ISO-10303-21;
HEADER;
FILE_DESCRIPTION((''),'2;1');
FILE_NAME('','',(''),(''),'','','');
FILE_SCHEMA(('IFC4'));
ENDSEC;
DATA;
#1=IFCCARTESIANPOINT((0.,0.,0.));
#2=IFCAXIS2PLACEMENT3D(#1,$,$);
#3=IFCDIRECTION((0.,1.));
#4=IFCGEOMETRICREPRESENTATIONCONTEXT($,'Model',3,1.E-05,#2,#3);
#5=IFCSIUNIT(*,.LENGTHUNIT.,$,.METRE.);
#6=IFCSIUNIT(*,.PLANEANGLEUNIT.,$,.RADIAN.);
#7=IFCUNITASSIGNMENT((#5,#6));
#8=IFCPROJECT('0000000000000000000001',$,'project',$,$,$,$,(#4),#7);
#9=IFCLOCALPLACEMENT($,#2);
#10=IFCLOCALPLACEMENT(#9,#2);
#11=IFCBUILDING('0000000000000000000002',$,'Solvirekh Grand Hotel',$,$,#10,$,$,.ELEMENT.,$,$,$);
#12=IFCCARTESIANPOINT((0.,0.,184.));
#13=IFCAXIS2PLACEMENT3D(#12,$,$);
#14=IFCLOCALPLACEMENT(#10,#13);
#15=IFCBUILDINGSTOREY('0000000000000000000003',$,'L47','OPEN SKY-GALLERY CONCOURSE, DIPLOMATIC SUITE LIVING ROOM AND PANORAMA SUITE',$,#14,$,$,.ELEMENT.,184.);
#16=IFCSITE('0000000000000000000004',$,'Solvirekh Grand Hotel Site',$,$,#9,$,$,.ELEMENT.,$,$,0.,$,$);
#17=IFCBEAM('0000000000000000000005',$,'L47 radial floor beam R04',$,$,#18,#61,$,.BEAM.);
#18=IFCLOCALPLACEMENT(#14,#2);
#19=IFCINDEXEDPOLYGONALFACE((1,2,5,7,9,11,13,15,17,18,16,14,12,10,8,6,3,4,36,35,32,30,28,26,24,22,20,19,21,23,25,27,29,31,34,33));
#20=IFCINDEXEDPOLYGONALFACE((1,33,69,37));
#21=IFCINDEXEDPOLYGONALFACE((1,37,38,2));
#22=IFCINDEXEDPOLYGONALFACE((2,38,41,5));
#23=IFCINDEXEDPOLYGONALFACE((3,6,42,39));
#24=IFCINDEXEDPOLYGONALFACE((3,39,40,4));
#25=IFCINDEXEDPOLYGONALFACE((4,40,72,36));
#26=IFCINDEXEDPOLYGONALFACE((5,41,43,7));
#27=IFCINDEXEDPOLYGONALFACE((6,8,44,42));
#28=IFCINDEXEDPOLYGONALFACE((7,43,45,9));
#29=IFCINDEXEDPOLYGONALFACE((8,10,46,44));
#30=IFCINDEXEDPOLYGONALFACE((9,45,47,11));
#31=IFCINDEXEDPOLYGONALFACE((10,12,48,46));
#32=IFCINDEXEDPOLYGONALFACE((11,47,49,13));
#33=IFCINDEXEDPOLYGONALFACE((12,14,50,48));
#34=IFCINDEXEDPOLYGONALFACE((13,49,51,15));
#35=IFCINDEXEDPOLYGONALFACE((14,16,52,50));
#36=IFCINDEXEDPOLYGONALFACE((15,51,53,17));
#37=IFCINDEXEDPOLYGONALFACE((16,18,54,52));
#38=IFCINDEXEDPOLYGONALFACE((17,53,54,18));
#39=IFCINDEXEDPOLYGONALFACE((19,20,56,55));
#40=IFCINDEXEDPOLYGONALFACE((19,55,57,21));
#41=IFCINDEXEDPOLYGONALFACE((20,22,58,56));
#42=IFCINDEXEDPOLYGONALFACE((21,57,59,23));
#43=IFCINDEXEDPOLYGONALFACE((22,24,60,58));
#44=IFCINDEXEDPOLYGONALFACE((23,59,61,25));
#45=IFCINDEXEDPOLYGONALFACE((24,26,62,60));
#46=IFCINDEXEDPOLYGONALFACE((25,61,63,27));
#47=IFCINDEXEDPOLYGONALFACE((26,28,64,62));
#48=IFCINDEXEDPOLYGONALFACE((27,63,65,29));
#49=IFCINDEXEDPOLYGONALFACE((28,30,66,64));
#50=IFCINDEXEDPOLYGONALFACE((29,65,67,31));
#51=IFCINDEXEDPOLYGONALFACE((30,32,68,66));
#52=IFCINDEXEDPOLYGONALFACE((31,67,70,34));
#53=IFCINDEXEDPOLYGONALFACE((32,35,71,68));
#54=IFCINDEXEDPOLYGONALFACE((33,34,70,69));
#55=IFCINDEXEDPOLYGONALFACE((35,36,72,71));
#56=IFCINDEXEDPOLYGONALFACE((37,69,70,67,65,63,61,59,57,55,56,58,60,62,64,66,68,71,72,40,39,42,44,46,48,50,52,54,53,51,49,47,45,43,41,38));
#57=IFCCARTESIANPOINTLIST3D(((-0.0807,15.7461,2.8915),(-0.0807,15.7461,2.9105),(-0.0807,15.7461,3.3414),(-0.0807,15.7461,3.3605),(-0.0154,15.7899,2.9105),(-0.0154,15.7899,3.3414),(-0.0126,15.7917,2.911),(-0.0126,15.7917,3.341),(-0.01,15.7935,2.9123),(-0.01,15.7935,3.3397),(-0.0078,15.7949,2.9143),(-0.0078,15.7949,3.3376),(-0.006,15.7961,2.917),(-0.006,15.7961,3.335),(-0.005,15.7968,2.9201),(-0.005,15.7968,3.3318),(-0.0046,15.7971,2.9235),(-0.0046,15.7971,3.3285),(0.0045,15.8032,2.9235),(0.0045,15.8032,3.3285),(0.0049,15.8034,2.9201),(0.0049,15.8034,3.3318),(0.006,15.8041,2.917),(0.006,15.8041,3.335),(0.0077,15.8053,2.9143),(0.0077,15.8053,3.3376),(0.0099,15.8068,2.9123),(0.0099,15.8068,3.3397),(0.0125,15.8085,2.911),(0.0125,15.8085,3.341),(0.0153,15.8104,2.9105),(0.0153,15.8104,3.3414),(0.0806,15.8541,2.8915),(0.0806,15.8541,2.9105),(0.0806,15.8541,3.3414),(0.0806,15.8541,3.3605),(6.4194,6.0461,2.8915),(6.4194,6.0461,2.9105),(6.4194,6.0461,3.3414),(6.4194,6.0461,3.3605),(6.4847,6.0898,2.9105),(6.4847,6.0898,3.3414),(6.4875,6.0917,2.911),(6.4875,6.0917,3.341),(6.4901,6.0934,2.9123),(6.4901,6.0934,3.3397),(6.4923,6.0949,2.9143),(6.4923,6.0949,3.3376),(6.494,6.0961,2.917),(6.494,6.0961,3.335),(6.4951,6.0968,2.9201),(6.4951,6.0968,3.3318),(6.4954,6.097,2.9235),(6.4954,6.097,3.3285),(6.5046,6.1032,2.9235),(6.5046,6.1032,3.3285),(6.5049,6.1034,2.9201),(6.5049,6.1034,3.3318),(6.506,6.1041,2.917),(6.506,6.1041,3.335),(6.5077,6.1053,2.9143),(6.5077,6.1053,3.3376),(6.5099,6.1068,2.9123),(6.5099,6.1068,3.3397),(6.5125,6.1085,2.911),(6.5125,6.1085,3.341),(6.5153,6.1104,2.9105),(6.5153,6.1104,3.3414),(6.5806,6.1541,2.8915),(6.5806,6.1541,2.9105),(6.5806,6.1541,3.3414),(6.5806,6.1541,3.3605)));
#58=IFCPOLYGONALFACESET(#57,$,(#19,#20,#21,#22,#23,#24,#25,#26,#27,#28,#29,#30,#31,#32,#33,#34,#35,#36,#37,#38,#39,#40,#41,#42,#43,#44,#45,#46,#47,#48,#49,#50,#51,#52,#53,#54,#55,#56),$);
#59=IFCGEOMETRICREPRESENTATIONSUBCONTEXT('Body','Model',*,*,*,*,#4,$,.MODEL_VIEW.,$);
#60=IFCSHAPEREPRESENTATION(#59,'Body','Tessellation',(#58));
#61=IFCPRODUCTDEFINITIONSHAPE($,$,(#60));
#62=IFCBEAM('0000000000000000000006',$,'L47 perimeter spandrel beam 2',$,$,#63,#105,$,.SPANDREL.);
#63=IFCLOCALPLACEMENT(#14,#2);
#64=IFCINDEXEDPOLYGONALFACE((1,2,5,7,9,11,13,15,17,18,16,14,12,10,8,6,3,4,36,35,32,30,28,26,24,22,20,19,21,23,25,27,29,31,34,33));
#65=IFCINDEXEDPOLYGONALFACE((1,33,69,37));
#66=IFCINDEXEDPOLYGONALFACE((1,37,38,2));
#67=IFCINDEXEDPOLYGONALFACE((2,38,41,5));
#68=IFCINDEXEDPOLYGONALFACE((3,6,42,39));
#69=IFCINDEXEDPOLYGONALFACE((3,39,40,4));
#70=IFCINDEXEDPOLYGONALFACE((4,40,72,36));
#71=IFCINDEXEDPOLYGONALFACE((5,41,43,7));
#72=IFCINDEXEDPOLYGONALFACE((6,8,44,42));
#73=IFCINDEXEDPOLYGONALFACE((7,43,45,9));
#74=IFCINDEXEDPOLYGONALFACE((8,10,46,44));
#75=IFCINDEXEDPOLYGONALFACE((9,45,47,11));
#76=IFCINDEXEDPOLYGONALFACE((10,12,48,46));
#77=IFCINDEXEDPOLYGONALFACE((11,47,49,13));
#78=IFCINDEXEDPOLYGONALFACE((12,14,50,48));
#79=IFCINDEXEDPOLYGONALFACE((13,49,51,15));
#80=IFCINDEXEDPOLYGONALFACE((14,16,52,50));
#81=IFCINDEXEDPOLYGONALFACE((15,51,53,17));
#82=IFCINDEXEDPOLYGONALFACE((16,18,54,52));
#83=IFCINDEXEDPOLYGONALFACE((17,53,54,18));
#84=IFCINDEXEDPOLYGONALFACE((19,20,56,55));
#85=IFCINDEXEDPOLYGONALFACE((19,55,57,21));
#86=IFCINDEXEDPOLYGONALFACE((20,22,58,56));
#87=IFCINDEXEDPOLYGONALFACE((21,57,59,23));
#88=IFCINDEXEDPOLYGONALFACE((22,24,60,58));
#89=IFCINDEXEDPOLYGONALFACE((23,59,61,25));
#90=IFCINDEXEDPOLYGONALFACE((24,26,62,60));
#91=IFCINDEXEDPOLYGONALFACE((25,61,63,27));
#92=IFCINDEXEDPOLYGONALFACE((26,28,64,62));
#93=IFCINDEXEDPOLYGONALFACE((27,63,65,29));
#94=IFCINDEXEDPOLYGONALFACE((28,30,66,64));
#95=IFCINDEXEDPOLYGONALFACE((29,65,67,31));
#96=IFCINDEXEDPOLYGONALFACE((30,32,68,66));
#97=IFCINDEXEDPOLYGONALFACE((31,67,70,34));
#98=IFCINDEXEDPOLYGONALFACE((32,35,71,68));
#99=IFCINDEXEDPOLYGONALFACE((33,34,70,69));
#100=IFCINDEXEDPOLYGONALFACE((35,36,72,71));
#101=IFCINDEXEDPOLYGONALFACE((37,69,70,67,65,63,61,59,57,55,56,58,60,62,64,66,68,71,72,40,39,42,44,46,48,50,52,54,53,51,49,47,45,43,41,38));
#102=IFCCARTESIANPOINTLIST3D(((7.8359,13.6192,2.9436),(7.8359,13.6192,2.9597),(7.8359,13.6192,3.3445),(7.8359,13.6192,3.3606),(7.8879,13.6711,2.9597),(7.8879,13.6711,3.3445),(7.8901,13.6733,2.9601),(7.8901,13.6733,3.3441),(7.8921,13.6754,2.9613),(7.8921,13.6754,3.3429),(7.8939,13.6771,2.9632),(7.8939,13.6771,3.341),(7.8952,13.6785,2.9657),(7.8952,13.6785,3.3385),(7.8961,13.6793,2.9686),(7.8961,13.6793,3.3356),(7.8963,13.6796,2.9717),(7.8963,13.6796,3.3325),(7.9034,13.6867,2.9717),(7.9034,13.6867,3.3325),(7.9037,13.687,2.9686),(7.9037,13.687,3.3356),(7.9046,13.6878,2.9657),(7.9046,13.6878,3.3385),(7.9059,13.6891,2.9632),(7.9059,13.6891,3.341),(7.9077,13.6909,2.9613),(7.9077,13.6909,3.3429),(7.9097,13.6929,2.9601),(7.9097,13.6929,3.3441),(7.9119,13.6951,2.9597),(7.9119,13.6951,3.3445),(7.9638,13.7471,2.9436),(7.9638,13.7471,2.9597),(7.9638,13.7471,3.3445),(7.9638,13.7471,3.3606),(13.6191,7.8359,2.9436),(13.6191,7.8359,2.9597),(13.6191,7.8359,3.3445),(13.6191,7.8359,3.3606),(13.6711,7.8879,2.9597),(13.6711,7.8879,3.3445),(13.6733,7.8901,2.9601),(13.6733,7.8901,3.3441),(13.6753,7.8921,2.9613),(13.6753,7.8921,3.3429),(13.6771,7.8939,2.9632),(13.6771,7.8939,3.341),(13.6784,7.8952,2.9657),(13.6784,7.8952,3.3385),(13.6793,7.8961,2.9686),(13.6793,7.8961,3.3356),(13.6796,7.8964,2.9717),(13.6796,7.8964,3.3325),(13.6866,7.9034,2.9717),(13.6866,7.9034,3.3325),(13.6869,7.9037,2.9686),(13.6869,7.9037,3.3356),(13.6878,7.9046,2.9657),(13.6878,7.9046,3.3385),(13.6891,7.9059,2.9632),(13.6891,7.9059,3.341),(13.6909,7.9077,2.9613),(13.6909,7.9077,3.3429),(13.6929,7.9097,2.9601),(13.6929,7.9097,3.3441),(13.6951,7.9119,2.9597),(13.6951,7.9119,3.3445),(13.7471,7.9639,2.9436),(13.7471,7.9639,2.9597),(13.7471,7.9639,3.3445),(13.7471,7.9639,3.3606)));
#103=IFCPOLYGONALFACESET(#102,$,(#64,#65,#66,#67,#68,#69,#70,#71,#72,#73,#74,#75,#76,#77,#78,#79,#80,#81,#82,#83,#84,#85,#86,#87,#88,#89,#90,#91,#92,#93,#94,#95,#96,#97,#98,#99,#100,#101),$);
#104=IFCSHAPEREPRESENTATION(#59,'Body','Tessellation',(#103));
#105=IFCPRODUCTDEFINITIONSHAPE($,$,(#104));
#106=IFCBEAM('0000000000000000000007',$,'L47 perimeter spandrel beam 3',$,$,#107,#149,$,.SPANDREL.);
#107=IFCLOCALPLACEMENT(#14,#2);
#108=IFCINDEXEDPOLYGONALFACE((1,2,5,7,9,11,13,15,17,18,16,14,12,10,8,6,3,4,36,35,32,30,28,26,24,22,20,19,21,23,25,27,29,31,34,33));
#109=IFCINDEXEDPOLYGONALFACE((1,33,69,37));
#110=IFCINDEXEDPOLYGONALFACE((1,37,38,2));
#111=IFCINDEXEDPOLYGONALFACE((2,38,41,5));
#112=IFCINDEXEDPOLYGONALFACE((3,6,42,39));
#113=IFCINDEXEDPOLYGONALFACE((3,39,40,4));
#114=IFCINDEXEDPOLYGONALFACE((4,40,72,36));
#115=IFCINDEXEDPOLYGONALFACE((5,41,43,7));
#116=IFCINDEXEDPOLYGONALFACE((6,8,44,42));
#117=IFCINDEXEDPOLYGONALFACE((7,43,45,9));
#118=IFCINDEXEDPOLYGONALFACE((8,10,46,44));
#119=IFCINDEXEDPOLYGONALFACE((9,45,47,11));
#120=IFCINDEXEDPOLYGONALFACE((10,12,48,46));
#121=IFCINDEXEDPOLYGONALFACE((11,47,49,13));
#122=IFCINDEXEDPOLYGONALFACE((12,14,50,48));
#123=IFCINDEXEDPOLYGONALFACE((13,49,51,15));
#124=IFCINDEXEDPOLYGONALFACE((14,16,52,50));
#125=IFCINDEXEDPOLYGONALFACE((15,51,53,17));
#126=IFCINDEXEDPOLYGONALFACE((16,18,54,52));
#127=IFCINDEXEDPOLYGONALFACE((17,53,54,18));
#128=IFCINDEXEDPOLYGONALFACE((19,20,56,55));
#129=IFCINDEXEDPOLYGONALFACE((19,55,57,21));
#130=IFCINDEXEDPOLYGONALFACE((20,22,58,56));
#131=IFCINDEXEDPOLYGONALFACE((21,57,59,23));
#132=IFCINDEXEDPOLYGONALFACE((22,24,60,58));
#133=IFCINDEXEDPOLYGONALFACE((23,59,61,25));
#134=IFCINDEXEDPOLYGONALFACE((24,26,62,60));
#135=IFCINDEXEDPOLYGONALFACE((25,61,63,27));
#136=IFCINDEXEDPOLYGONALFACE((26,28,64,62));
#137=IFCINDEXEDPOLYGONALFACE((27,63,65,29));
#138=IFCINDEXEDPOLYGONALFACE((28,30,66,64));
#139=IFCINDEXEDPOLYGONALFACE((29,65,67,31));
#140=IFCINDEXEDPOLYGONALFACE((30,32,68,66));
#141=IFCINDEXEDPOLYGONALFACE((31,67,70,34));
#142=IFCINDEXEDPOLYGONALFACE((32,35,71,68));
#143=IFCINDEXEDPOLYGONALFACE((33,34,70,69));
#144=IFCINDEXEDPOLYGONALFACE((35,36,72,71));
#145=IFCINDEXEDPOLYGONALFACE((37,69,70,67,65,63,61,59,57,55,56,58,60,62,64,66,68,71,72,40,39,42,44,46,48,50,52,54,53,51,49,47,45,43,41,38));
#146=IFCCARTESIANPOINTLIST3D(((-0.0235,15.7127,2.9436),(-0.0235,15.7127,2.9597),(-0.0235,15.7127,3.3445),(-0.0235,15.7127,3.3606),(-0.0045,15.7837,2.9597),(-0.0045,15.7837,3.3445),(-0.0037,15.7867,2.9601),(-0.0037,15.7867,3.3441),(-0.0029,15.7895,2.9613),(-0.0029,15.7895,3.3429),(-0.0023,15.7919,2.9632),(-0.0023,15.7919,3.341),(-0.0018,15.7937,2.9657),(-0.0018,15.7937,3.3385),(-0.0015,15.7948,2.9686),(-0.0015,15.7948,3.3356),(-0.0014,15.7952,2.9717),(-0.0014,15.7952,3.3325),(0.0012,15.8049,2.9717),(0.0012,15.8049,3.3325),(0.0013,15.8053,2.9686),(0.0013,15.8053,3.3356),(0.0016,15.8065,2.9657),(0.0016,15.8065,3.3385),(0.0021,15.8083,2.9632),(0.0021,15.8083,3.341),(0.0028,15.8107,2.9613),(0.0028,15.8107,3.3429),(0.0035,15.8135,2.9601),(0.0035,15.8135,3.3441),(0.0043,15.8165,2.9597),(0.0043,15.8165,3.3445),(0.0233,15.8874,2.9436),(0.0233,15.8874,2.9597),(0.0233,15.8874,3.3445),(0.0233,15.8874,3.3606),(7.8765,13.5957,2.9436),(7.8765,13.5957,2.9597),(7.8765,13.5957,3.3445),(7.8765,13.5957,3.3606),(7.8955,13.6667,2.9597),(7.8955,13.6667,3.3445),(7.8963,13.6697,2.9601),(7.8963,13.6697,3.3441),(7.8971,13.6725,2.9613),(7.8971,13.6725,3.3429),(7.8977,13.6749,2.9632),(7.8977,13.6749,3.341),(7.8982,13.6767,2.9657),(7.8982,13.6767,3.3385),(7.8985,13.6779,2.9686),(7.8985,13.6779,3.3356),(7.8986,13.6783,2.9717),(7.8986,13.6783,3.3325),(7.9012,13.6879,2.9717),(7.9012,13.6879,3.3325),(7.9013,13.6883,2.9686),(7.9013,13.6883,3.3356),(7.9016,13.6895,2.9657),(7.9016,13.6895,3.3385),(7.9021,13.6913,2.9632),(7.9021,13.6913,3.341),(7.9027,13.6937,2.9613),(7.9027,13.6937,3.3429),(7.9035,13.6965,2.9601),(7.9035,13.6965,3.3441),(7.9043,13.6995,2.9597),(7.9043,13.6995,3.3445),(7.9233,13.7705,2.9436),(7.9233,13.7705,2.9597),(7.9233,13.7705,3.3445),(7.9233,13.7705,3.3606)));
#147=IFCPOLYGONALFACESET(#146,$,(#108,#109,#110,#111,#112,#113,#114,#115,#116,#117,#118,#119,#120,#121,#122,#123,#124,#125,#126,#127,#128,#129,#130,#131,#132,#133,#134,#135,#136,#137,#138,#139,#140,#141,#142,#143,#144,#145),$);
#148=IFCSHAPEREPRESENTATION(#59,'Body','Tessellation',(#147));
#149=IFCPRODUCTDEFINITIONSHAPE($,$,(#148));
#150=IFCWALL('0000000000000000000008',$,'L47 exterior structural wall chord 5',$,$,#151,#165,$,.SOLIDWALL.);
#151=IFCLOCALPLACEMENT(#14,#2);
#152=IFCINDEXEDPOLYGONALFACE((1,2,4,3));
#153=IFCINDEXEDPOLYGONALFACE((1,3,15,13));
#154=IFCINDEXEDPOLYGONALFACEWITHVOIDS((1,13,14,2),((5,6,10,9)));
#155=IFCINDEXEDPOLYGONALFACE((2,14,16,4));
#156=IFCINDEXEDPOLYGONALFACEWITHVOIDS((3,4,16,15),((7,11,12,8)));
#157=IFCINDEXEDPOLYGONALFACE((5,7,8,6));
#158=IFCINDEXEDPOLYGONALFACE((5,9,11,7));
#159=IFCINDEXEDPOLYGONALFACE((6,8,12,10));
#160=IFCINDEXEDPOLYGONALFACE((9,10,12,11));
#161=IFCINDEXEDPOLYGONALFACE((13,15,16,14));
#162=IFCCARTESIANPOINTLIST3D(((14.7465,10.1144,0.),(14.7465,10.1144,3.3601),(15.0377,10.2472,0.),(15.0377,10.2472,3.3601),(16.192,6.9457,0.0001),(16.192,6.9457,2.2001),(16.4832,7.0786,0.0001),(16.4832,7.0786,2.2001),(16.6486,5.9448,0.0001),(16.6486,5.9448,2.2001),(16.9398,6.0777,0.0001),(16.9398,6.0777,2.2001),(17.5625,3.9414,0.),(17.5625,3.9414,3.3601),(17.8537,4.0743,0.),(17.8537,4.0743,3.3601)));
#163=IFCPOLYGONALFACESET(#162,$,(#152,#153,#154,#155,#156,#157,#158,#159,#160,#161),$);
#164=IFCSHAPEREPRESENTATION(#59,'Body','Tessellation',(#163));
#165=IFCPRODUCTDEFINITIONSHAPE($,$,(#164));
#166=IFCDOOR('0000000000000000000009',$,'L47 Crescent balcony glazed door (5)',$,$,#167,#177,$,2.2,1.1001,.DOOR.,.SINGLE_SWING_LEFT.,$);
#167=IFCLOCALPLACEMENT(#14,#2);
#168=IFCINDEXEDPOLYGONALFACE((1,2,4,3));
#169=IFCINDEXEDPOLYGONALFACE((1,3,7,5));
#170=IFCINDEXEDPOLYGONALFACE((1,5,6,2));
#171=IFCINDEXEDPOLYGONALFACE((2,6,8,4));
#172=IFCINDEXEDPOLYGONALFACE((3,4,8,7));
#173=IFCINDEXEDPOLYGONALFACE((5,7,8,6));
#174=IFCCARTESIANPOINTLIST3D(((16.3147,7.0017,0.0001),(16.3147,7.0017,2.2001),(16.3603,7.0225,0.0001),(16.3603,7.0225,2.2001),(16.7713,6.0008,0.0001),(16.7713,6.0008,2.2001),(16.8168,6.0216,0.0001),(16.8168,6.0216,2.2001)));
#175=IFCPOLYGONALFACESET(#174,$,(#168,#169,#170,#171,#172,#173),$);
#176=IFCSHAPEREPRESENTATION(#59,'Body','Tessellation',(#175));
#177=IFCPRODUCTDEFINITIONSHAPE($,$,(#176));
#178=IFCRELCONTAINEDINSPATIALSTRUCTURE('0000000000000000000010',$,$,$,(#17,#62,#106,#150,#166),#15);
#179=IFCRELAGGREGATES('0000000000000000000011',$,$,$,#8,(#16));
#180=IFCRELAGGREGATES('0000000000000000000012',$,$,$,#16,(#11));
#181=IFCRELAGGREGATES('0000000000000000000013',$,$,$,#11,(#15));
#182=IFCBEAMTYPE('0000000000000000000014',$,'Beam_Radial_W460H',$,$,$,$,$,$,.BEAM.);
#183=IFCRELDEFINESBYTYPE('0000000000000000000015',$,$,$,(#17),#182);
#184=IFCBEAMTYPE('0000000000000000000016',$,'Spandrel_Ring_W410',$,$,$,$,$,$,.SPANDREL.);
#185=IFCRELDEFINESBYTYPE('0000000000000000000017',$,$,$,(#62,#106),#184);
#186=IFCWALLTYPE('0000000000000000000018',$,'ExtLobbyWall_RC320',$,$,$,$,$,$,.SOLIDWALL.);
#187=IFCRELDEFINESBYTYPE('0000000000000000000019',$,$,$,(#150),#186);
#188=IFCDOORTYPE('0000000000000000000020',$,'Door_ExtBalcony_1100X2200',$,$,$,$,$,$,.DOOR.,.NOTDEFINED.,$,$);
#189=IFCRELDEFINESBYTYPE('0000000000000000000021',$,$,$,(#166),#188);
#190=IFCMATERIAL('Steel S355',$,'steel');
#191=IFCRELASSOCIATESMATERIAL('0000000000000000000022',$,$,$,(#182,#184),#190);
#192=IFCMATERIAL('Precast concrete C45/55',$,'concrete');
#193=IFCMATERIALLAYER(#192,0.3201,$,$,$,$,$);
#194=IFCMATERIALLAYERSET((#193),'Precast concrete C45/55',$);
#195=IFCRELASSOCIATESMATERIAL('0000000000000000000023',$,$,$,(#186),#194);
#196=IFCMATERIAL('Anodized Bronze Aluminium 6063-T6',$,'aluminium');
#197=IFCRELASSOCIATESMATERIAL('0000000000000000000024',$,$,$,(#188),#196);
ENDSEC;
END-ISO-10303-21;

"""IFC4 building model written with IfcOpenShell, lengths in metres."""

from ifc_helpers import new_model, si_unit, direction, frame, frame_2d, origin, origin_2d, place, context, subcontext, project, spatial, rectangle, i_section, extrude, material, layer, layer_set, material_profile, profile_set, type_object, element, fill, save


model = new_model("IFC4")

# Units and contexts
model_context = context("Model", 3, precision=1e-05, world=origin(), true_north=direction((0.0, 1.0)))
body_context = subcontext(model_context, "Body", "Model", "MODEL_VIEW")
ifc_project = project(units=[si_unit("LENGTHUNIT", "METRE"), si_unit("PLANEANGLEUNIT", "RADIAN")], contexts=[model_context])

# Site, building, storey
site_placement = place(None, origin())
site = spatial("IfcSite", under=ifc_project, at=site_placement, Name="Solvirekh Grand Hotel Site", CompositionType="ELEMENT", RefElevation=0.0)
building_placement = place(site_placement, origin())
building = spatial("IfcBuilding", under=site, at=building_placement, Name="Solvirekh Grand Hotel", CompositionType="ELEMENT")
storey_placement = place(building_placement, frame((0.0, 0.0, 184.0)))
storey = spatial("IfcBuildingStorey", under=building, at=storey_placement, Name="L47", Description="OPEN SKY-GALLERY CONCOURSE, DIPLOMATIC SUITE LIVING ROOM AND PANORAMA SUITE", CompositionType="ELEMENT", Elevation=184.0)

# Beams
ifc_material_1 = material(Name="Steel S355", Category="steel")
ifc_material_profile_1 = material_profile(ifc_material_1, i_section(OverallWidth=0.1941, OverallDepth=0.469, WebThickness=0.011, FlangeThickness=0.019, FilletRadius=0.0129, at=origin_2d()), Name="W460X106")
ifc_profile_set_1 = profile_set([ifc_material_profile_1], Name="Steel S355")
beam_type_1 = type_object("IfcBeamType", Name="Beam_Radial_W460H", PredefinedType="BEAM", material=ifc_profile_set_1)
beam_1_placement = place(storey_placement, frame((6.5, 6.1001, 3.126), z_axis=(-0.556677, 0.830729, 0.0), x_axis=(-0.830729, -0.556677, 0.0)))
element("IfcBeam", 1, at=beam_1_placement, inside=storey, type_object=beam_type_1, Name="L47 radial floor beam R04", PredefinedType="BEAM", context=body_context, shape_type="SweptSolid", body=[
    extrude(i_section(OverallWidth=0.1941, OverallDepth=0.469, WebThickness=0.011, FlangeThickness=0.019, FilletRadius=0.0129, at=origin_2d()), origin(), (0.0, 0.0, 1.0), 11.6765),
])
ifc_material_profile_2 = material_profile(ifc_material_1, i_section(OverallWidth=0.1809, OverallDepth=0.417, WebThickness=0.01, FlangeThickness=0.0161, FilletRadius=0.012, at=origin_2d()), Name="W410X85")
ifc_profile_set_2 = profile_set([ifc_material_profile_2], Name="Steel S355")
beam_type_2 = type_object("IfcBeamType", Name="Spandrel_Ring_W410", PredefinedType="SPANDREL", material=ifc_profile_set_2)
for number, where, z_axis, x_axis, name in (
    (2, (13.6831, 7.8999, 3.1521), (-0.707107, 0.707107, 0.0), (-0.707107, -0.707107, 0.0), "L47 perimeter spandrel beam 2"),
    (3, (7.8999, 13.6831, 3.1521), (-0.965921, 0.258839, 0.0), (-0.258839, -0.965921, 0.0), "L47 perimeter spandrel beam 3"),
):
    element("IfcBeam", number, at=place(storey_placement, frame(where, z_axis=z_axis, x_axis=x_axis)), inside=storey, type_object=beam_type_2, Name=name, PredefinedType="SPANDREL", context=body_context, shape_type="SweptSolid", body=[
        extrude(i_section(OverallWidth=0.1809, OverallDepth=0.417, WebThickness=0.01, FlangeThickness=0.0161, FilletRadius=0.012, at=origin_2d()), origin(), (0.0, 0.0, 1.0), 8.1787),
    ])

# Wall, opening, door
ifc_material_2 = material(Name="Precast concrete C45/55", Category="concrete")
ifc_layer_1 = layer(ifc_material_2, 0.3201)
ifc_layer_set_1 = layer_set([ifc_layer_1], Name="Precast concrete C45/55")
wall_type_1 = type_object("IfcWallType", Name="ExtLobbyWall_RC320", PredefinedType="SOLIDWALL", material=ifc_layer_set_1)
wall_1_placement = place(storey_placement, frame((14.8921, 10.1809, 0.0), z_axis=(0.0, 0.0, 1.0), x_axis=(0.415033, -0.909806, 0.0)))
wall_1 = element("IfcWall", 4, at=wall_1_placement, inside=storey, type_object=wall_type_1, Name="L47 exterior structural wall chord 5", PredefinedType="SOLIDWALL", context=body_context, shape_type="SweptSolid", body=[
    extrude(rectangle(XDim=6.7849, YDim=0.3201, at=frame_2d((3.3926, 0.0))), origin(), (0.0, 0.0, 1.0), 3.3601),
])
opening_1_placement = place(wall_1_placement, frame((3.4829, 0.0, 0.0)))
opening_1 = element("IfcOpeningElement", 5, at=opening_1_placement, cuts=wall_1, PredefinedType="OPENING", context=body_context, shape_type="SweptSolid", body=[
    extrude(rectangle(XDim=1.1001, YDim=2.2, at=frame_2d((0.55, 1.1001))), frame((0.0, 0.1699, 0.0), z_axis=(0.0, -1.0, 0.0), x_axis=(1.0, 0.0, 0.0)), (0.0, 0.0, 1.0), 0.3401),
])
ifc_material_3 = material(Name="Anodized Bronze Aluminium 6063-T6", Category="aluminium")
door_type_1 = type_object("IfcDoorType", Name="Door_ExtBalcony_1100X2200", OperationType="NOTDEFINED", PredefinedType="DOOR", material=ifc_material_3)
door_1_placement = place(opening_1_placement, origin())
door_1 = element("IfcDoor", 6, at=door_1_placement, inside=storey, type_object=door_type_1, Name="L47 Crescent balcony glazed door (5)", OperationType="SINGLE_SWING_LEFT", OverallHeight=2.2, OverallWidth=1.1001, PredefinedType="DOOR", context=body_context, shape_type="SweptSolid", body=[
    extrude(rectangle(XDim=1.1001, YDim=2.2, at=frame_2d((0.55, 1.1001))), frame((0.0, 0.0249, 0.0), z_axis=(0.0, -1.0, 0.0), x_axis=(1.0, 0.0, 0.0)), (0.0, 0.0, 1.0), 0.05),
])
fill(opening_1, door_1)

save(model, "model.ifc")
